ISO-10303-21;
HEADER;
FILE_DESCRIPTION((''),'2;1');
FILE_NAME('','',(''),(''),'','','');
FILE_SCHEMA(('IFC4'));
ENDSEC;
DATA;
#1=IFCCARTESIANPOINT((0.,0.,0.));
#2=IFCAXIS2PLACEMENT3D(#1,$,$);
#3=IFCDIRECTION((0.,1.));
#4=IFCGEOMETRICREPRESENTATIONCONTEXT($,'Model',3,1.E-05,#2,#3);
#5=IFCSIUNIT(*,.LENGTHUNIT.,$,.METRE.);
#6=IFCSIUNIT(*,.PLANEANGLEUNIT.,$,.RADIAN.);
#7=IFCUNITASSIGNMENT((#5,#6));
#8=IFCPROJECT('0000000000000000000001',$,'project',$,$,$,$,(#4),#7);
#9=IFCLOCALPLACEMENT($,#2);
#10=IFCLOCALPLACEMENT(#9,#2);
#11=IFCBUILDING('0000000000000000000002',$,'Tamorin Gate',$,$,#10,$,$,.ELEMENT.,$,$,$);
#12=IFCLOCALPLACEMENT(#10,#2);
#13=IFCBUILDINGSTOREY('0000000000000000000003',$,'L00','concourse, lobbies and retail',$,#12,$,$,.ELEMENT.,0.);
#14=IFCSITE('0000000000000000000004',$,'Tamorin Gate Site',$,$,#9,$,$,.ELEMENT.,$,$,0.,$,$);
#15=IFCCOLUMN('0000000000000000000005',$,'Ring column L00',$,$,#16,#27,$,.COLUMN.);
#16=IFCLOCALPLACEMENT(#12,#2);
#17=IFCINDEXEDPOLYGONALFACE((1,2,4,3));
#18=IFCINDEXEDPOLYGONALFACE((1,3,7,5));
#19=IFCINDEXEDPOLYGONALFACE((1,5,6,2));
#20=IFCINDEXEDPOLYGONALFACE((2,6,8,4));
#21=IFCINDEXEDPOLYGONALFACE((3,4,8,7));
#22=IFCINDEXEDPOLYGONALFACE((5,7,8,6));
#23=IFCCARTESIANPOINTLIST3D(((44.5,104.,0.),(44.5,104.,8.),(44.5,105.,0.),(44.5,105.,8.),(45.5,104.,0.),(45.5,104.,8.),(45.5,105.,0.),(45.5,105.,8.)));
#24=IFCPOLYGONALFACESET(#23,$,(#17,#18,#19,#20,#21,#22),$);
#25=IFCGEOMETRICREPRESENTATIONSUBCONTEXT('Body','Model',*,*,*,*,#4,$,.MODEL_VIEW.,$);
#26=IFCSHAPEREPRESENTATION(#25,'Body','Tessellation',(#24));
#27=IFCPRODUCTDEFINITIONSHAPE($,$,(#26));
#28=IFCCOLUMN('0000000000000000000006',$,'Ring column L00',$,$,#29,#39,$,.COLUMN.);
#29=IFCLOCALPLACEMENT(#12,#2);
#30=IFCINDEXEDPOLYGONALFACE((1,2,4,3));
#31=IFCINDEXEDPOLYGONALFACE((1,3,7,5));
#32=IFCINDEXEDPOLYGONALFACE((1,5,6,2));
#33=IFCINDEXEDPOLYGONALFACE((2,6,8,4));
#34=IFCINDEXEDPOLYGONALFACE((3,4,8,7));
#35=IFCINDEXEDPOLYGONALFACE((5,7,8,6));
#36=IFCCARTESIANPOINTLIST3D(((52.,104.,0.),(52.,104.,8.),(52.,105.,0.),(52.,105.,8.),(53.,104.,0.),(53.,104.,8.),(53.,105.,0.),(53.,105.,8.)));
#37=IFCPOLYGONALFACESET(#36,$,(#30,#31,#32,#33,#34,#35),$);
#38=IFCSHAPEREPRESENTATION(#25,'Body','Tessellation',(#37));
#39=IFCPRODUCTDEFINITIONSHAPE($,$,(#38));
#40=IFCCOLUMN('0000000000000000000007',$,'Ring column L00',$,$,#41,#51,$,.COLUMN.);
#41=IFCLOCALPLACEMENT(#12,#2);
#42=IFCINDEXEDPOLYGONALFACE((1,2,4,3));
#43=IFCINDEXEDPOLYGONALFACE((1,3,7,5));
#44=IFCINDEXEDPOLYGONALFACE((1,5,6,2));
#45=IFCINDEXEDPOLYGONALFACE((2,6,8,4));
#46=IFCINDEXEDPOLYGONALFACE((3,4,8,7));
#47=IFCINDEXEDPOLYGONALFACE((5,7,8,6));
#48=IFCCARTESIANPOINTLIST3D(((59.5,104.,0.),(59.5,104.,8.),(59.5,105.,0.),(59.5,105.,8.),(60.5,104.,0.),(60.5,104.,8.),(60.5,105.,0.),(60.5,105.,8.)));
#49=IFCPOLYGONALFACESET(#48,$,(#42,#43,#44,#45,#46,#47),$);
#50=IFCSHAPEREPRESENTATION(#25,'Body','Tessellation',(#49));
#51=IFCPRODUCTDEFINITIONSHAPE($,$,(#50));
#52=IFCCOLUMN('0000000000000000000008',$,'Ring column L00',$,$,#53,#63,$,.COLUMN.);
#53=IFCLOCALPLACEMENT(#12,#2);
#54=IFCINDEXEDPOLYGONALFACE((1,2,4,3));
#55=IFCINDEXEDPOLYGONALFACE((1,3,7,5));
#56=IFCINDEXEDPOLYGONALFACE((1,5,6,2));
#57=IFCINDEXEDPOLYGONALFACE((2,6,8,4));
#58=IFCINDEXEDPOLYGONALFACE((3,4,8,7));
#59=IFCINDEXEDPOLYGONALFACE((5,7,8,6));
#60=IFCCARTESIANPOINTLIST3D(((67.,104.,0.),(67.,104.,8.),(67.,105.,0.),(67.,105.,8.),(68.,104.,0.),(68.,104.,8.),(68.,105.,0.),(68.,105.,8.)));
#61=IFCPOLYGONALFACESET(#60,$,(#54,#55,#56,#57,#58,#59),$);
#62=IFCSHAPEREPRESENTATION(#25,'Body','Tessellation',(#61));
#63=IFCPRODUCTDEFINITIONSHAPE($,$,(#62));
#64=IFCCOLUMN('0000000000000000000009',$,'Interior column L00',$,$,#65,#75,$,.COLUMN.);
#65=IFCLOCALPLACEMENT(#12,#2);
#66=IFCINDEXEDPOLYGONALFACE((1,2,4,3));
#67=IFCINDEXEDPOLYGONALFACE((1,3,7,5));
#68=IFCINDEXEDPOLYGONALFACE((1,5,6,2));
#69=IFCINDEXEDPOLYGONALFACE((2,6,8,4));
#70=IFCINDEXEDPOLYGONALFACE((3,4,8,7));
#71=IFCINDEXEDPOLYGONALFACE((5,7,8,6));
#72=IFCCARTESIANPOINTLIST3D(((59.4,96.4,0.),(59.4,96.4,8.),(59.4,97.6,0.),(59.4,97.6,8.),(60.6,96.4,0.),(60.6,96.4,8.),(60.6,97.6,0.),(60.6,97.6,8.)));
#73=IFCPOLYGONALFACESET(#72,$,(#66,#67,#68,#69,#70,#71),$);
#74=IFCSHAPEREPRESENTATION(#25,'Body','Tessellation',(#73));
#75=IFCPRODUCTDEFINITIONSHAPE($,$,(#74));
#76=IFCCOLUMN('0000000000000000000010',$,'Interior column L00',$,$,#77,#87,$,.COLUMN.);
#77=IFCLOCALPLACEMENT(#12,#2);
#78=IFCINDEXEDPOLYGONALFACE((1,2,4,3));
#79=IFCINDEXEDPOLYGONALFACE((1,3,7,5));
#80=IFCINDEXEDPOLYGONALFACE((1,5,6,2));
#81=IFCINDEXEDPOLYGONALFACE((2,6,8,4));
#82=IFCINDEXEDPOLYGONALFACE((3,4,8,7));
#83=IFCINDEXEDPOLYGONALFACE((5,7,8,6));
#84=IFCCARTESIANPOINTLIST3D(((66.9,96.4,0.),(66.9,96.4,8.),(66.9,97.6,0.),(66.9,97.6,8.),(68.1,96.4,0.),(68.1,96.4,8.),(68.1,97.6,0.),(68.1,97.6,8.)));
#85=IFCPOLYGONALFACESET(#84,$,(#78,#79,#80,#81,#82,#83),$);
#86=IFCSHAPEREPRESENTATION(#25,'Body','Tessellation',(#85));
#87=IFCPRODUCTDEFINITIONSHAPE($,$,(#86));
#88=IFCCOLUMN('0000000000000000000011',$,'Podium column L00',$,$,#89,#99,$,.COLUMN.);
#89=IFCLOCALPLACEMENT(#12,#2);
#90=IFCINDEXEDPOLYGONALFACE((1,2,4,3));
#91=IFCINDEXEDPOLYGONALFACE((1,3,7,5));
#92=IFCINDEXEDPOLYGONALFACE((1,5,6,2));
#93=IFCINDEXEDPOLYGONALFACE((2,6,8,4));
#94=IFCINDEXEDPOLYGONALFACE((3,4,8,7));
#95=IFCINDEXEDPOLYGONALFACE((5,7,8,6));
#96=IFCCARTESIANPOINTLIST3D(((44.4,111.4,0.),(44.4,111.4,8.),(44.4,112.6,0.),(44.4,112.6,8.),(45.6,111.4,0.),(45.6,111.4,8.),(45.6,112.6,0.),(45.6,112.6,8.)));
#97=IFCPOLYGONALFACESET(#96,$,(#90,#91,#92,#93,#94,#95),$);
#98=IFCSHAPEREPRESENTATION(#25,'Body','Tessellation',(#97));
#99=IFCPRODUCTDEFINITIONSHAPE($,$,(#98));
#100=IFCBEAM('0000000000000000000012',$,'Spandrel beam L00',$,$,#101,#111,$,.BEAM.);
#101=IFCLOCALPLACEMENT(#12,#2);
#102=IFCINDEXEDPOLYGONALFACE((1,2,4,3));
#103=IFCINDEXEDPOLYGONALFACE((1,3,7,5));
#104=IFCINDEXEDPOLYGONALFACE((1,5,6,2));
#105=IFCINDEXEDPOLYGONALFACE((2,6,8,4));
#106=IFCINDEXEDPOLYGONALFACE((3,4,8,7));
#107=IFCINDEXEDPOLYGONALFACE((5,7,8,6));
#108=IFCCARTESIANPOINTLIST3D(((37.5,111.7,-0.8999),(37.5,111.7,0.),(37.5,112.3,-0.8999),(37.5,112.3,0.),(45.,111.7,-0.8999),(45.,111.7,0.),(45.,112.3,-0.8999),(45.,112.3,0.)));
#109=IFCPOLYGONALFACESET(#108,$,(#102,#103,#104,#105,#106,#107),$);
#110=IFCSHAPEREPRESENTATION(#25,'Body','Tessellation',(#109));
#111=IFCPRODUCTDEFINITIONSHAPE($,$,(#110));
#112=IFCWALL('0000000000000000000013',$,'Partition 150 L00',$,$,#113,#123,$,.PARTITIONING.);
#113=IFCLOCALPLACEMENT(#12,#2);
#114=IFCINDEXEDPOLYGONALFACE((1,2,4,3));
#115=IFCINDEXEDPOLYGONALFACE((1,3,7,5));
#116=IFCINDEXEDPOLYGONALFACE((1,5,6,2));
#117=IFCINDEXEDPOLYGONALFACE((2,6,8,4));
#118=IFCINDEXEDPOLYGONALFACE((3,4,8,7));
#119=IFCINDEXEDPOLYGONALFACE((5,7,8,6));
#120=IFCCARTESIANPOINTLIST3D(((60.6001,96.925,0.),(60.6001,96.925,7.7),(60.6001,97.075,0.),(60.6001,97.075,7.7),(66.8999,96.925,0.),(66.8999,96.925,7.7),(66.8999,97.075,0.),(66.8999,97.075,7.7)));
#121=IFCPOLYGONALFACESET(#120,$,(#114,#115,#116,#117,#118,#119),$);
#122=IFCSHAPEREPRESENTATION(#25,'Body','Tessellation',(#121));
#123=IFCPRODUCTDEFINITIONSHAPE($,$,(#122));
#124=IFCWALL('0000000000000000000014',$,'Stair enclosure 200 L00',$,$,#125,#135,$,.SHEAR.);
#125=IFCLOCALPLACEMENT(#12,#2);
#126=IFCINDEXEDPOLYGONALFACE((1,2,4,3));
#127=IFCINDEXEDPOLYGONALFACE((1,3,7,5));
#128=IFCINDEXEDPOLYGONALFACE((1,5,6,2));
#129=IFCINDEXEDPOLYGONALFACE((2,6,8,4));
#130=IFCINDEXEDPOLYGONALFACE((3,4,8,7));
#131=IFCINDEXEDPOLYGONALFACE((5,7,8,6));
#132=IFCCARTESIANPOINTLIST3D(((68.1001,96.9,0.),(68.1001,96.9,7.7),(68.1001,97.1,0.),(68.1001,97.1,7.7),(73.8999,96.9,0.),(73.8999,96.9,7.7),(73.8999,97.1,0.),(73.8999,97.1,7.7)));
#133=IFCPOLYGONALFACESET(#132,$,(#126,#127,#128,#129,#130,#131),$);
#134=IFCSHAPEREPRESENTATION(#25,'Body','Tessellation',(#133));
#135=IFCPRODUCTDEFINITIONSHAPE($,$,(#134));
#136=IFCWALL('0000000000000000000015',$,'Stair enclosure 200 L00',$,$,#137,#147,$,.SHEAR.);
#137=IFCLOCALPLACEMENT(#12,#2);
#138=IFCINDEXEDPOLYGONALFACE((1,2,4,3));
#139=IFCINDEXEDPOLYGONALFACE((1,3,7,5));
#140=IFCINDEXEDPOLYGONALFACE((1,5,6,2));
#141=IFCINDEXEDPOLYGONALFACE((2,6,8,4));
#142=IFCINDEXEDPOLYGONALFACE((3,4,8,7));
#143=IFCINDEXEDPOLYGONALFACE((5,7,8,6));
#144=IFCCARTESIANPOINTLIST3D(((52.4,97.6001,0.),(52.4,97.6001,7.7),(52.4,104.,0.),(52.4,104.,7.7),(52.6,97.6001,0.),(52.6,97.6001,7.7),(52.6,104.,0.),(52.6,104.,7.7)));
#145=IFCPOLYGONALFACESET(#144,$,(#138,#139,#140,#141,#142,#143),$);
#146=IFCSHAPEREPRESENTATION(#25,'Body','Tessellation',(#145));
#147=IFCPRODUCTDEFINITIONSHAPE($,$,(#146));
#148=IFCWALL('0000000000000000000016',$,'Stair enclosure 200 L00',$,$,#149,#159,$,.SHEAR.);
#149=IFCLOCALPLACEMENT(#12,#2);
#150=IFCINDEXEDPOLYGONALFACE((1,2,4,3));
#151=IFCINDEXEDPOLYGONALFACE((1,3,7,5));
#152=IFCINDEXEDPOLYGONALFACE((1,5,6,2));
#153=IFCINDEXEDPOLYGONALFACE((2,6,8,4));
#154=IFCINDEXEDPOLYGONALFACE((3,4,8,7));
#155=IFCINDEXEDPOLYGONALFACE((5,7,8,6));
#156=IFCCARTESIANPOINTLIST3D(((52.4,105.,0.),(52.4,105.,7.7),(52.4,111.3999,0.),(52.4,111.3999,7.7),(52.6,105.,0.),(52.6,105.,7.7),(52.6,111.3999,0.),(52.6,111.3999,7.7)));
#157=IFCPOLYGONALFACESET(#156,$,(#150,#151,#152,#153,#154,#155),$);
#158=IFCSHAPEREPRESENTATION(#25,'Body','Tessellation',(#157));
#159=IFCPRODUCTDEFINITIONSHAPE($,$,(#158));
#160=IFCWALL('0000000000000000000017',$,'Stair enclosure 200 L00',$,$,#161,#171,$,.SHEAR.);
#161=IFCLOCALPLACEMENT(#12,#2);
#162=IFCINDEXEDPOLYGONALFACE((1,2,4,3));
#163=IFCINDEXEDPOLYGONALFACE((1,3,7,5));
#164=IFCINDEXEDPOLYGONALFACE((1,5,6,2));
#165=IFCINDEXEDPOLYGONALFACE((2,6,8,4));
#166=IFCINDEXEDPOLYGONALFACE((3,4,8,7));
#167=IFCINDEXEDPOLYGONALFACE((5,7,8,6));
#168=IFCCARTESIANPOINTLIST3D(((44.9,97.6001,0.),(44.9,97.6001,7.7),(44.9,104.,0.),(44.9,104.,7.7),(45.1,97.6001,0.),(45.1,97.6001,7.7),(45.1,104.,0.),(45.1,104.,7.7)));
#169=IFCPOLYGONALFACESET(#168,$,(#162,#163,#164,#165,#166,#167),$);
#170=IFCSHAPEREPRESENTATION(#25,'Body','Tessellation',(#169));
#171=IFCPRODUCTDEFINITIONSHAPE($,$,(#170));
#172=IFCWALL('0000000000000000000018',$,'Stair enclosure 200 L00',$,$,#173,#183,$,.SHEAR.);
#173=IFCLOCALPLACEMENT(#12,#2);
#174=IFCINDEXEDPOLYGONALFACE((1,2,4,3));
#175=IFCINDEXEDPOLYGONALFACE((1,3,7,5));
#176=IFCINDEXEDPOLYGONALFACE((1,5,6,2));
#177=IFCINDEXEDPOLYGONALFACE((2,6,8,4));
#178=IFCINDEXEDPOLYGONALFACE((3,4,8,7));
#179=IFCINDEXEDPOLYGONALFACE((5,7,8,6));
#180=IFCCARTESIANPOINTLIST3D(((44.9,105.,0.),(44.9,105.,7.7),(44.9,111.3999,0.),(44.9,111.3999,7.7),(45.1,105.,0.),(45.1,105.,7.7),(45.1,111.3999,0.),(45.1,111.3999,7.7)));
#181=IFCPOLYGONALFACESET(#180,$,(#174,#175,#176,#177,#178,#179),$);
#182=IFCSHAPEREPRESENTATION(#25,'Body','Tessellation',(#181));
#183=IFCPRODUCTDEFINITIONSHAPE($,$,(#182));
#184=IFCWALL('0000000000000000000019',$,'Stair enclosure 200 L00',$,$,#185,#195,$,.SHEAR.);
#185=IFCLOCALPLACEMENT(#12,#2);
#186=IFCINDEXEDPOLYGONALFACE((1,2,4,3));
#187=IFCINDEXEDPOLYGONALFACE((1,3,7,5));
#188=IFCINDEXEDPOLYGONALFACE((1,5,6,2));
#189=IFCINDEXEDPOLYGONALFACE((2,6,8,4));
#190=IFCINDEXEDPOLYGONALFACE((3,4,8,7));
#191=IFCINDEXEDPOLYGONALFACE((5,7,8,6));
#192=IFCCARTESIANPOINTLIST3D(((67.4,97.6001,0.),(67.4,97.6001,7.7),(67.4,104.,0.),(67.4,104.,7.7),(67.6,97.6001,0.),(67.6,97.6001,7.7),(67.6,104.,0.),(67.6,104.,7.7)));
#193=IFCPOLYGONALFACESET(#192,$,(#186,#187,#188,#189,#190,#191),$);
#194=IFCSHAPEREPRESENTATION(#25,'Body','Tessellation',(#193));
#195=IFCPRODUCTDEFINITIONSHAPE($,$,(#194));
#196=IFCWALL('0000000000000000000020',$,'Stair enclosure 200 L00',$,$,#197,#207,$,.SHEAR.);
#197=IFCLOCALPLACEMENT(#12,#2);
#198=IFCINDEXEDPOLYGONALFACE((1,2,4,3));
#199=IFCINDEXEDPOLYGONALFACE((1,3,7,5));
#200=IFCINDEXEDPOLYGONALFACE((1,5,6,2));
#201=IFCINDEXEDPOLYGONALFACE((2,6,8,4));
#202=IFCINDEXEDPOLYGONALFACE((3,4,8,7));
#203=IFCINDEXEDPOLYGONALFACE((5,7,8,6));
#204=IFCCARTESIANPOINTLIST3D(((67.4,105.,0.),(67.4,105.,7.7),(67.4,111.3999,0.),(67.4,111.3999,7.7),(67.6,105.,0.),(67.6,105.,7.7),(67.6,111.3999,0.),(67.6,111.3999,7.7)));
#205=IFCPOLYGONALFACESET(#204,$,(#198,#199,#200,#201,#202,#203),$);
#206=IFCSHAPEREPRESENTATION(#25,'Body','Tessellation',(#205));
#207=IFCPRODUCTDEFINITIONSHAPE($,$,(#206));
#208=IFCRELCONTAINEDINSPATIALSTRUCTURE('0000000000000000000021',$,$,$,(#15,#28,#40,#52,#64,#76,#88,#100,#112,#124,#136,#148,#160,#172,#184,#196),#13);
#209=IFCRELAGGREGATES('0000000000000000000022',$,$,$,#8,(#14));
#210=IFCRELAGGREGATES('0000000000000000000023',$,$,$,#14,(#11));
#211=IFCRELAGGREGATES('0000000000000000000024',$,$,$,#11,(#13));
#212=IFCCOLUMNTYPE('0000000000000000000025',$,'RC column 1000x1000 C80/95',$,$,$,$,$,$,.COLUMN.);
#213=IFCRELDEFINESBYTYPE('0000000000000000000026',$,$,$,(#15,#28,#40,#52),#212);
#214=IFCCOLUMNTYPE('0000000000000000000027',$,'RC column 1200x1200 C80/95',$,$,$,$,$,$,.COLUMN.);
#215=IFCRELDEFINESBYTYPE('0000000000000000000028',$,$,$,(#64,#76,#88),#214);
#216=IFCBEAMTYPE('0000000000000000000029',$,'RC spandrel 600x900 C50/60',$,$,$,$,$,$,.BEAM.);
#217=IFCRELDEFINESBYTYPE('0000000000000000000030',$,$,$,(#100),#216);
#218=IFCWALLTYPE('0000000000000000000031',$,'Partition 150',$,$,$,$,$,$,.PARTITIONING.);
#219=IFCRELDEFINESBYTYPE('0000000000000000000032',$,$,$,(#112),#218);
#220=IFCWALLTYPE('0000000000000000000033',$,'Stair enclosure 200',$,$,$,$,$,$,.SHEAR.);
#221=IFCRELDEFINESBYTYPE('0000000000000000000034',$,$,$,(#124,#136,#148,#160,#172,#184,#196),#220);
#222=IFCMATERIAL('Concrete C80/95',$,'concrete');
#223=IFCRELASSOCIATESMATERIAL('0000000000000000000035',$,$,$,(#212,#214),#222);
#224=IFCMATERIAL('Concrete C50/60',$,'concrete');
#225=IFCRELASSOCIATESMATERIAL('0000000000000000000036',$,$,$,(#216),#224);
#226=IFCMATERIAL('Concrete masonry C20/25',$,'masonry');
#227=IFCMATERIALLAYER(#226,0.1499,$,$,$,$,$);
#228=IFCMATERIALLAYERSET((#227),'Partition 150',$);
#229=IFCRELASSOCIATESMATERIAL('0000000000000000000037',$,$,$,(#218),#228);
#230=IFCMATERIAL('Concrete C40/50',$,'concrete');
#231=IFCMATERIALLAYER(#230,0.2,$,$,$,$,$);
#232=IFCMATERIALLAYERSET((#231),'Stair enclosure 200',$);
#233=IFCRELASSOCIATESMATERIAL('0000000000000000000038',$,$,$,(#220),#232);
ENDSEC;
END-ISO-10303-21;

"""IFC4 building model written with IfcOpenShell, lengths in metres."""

from ifc_helpers import new_model, si_unit, direction, frame, frame_2d, origin, origin_2d, place, context, subcontext, project, spatial, rectangle, extrude, material, layer, layer_set, material_profile, profile_set, type_object, element, save


model = new_model("IFC4")

# Units and contexts
model_context = context("Model", 3, precision=1e-05, world=origin(), true_north=direction((0.0, 1.0)))
body_context = subcontext(model_context, "Body", "Model", "MODEL_VIEW")
ifc_project = project(units=[si_unit("LENGTHUNIT", "METRE"), si_unit("PLANEANGLEUNIT", "RADIAN")], contexts=[model_context])

# Site, building, storey
site_placement = place(None, origin())
site = spatial("IfcSite", under=ifc_project, at=site_placement, Name="Tamorin Gate Site", CompositionType="ELEMENT", RefElevation=0.0)
building_placement = place(site_placement, origin())
building = spatial("IfcBuilding", under=site, at=building_placement, Name="Tamorin Gate", CompositionType="ELEMENT")
storey_placement = place(building_placement, origin())
storey = spatial("IfcBuildingStorey", under=building, at=storey_placement, Name="L00", Description="concourse, lobbies and retail", CompositionType="ELEMENT", Elevation=0.0)

# Columns
ifc_material_1 = material(Name="Concrete C80/95", Category="concrete")
ifc_material_profile_1 = material_profile(ifc_material_1, rectangle(XDim=1.0, YDim=1.0, at=origin_2d()), Name="RC 1000x1000")
ifc_profile_set_1 = profile_set([ifc_material_profile_1], Name="Concrete C80/95")
column_type_1 = type_object("IfcColumnType", Name="RC column 1000x1000 C80/95", PredefinedType="COLUMN", material=ifc_profile_set_1)
for number, where, z_axis, x_axis, name in (
    (1, (45.0, 104.5, 0.0), (0.0, 0.0, 1.0), (1.0, 0.0, 0.0), "Ring column L00"),
    (2, (52.5, 104.5, 0.0), (0.0, 0.0, 1.0), (1.0, 0.0, 0.0), "Ring column L00"),
    (3, (60.0, 104.5, 0.0), (0.0, 0.0, 1.0), (1.0, 0.0, 0.0), "Ring column L00"),
    (4, (67.5, 104.5, 0.0), (0.0, 0.0, 1.0), (1.0, 0.0, 0.0), "Ring column L00"),
):
    element("IfcColumn", number, at=place(storey_placement, frame(where, z_axis=z_axis, x_axis=x_axis)), inside=storey, type_object=column_type_1, Name=name, PredefinedType="COLUMN", context=body_context, shape_type="SweptSolid", body=[
        extrude(rectangle(XDim=1.0, YDim=1.0, at=origin_2d()), origin(), (0.0, 0.0, 1.0), 8.0),
    ])
ifc_material_profile_2 = material_profile(ifc_material_1, rectangle(XDim=1.2, YDim=1.2, at=origin_2d()), Name="RC 1200x1200")
ifc_profile_set_2 = profile_set([ifc_material_profile_2], Name="Concrete C80/95")
column_type_2 = type_object("IfcColumnType", Name="RC column 1200x1200 C80/95", PredefinedType="COLUMN", material=ifc_profile_set_2)
for number, where, z_axis, x_axis, name in (
    (5, (60.0, 97.0, 0.0), (0.0, 0.0, 1.0), (1.0, 0.0, 0.0), "Interior column L00"),
    (6, (67.5, 97.0, 0.0), (0.0, 0.0, 1.0), (1.0, 0.0, 0.0), "Interior column L00"),
    (7, (45.0, 112.0, 0.0), (0.0, 0.0, 1.0), (1.0, 0.0, 0.0), "Podium column L00"),
):
    element("IfcColumn", number, at=place(storey_placement, frame(where, z_axis=z_axis, x_axis=x_axis)), inside=storey, type_object=column_type_2, Name=name, PredefinedType="COLUMN", context=body_context, shape_type="SweptSolid", body=[
        extrude(rectangle(XDim=1.2, YDim=1.2, at=origin_2d()), origin(), (0.0, 0.0, 1.0), 8.0),
    ])

# Beam
ifc_material_2 = material(Name="Concrete C50/60", Category="concrete")
ifc_material_profile_3 = material_profile(ifc_material_2, rectangle(XDim=0.6001, YDim=0.8999, at=origin_2d()), Name="RC 600x900")
ifc_profile_set_3 = profile_set([ifc_material_profile_3], Name="Concrete C50/60")
beam_type = type_object("IfcBeamType", Name="RC spandrel 600x900 C50/60", PredefinedType="BEAM", material=ifc_profile_set_3)
beam_placement = place(storey_placement, frame((45.0, 112.0, -0.45), z_axis=(-1.0, 0.0, 0.0), x_axis=(0.0, -1.0, 0.0)))
element("IfcBeam", 8, at=beam_placement, inside=storey, type_object=beam_type, Name="Spandrel beam L00", PredefinedType="BEAM", context=body_context, shape_type="SweptSolid", body=[
    extrude(rectangle(XDim=0.6001, YDim=0.8999, at=origin_2d()), origin(), (0.0, 0.0, 1.0), 7.5),
])

# Walls
ifc_material_3 = material(Name="Concrete masonry C20/25", Category="masonry")
ifc_layer_1 = layer(ifc_material_3, 0.1499)
ifc_layer_set_1 = layer_set([ifc_layer_1], Name="Partition 150")
wall_type_1 = type_object("IfcWallType", Name="Partition 150", PredefinedType="PARTITIONING", material=ifc_layer_set_1)
wall_1_placement = place(storey_placement, frame((60.6001, 97.0, 0.0), z_axis=(0.0, 0.0, 1.0), x_axis=(1.0, 0.0, 0.0)))
element("IfcWall", 9, at=wall_1_placement, inside=storey, type_object=wall_type_1, Name="Partition 150 L00", PredefinedType="PARTITIONING", context=body_context, shape_type="SweptSolid", body=[
    extrude(rectangle(XDim=6.2998, YDim=0.1499, at=frame_2d((3.1499, 0.0))), origin(), (0.0, 0.0, 1.0), 7.7),
])
ifc_material_4 = material(Name="Concrete C40/50", Category="concrete")
ifc_layer_2 = layer(ifc_material_4, 0.2)
ifc_layer_set_2 = layer_set([ifc_layer_2], Name="Stair enclosure 200")
wall_type_2 = type_object("IfcWallType", Name="Stair enclosure 200", PredefinedType="SHEAR", material=ifc_layer_set_2)
wall_2_placement = place(storey_placement, frame((68.1001, 97.0, 0.0), z_axis=(0.0, 0.0, 1.0), x_axis=(1.0, 0.0, 0.0)))
element("IfcWall", 10, at=wall_2_placement, inside=storey, type_object=wall_type_2, Name="Stair enclosure 200 L00", PredefinedType="SHEAR", context=body_context, shape_type="SweptSolid", body=[
    extrude(rectangle(XDim=5.7998, YDim=0.2, at=frame_2d((2.8999, 0.0))), origin(), (0.0, 0.0, 1.0), 7.7),
])
for number, where, z_axis, x_axis, name in (
    (11, (52.5, 97.6001, 0.0), (0.0, 0.0, 1.0), (0.0, 1.0, 0.0), "Stair enclosure 200 L00"),
    (12, (52.5, 105.0, 0.0), (0.0, 0.0, 1.0), (0.0, 1.0, 0.0), "Stair enclosure 200 L00"),
    (13, (45.0, 97.6001, 0.0), (0.0, 0.0, 1.0), (0.0, 1.0, 0.0), "Stair enclosure 200 L00"),
    (14, (45.0, 105.0, 0.0), (0.0, 0.0, 1.0), (0.0, 1.0, 0.0), "Stair enclosure 200 L00"),
    (15, (67.5, 97.6001, 0.0), (0.0, 0.0, 1.0), (0.0, 1.0, 0.0), "Stair enclosure 200 L00"),
    (16, (67.5, 105.0, 0.0), (0.0, 0.0, 1.0), (0.0, 1.0, 0.0), "Stair enclosure 200 L00"),
):
    element("IfcWall", number, at=place(storey_placement, frame(where, z_axis=z_axis, x_axis=x_axis)), inside=storey, type_object=wall_type_2, Name=name, PredefinedType="SHEAR", context=body_context, shape_type="SweptSolid", body=[
        extrude(rectangle(XDim=6.3999, YDim=0.2, at=frame_2d((3.2, 0.0))), origin(), (0.0, 0.0, 1.0), 7.7),
    ])

save(model, "model.ifc")
